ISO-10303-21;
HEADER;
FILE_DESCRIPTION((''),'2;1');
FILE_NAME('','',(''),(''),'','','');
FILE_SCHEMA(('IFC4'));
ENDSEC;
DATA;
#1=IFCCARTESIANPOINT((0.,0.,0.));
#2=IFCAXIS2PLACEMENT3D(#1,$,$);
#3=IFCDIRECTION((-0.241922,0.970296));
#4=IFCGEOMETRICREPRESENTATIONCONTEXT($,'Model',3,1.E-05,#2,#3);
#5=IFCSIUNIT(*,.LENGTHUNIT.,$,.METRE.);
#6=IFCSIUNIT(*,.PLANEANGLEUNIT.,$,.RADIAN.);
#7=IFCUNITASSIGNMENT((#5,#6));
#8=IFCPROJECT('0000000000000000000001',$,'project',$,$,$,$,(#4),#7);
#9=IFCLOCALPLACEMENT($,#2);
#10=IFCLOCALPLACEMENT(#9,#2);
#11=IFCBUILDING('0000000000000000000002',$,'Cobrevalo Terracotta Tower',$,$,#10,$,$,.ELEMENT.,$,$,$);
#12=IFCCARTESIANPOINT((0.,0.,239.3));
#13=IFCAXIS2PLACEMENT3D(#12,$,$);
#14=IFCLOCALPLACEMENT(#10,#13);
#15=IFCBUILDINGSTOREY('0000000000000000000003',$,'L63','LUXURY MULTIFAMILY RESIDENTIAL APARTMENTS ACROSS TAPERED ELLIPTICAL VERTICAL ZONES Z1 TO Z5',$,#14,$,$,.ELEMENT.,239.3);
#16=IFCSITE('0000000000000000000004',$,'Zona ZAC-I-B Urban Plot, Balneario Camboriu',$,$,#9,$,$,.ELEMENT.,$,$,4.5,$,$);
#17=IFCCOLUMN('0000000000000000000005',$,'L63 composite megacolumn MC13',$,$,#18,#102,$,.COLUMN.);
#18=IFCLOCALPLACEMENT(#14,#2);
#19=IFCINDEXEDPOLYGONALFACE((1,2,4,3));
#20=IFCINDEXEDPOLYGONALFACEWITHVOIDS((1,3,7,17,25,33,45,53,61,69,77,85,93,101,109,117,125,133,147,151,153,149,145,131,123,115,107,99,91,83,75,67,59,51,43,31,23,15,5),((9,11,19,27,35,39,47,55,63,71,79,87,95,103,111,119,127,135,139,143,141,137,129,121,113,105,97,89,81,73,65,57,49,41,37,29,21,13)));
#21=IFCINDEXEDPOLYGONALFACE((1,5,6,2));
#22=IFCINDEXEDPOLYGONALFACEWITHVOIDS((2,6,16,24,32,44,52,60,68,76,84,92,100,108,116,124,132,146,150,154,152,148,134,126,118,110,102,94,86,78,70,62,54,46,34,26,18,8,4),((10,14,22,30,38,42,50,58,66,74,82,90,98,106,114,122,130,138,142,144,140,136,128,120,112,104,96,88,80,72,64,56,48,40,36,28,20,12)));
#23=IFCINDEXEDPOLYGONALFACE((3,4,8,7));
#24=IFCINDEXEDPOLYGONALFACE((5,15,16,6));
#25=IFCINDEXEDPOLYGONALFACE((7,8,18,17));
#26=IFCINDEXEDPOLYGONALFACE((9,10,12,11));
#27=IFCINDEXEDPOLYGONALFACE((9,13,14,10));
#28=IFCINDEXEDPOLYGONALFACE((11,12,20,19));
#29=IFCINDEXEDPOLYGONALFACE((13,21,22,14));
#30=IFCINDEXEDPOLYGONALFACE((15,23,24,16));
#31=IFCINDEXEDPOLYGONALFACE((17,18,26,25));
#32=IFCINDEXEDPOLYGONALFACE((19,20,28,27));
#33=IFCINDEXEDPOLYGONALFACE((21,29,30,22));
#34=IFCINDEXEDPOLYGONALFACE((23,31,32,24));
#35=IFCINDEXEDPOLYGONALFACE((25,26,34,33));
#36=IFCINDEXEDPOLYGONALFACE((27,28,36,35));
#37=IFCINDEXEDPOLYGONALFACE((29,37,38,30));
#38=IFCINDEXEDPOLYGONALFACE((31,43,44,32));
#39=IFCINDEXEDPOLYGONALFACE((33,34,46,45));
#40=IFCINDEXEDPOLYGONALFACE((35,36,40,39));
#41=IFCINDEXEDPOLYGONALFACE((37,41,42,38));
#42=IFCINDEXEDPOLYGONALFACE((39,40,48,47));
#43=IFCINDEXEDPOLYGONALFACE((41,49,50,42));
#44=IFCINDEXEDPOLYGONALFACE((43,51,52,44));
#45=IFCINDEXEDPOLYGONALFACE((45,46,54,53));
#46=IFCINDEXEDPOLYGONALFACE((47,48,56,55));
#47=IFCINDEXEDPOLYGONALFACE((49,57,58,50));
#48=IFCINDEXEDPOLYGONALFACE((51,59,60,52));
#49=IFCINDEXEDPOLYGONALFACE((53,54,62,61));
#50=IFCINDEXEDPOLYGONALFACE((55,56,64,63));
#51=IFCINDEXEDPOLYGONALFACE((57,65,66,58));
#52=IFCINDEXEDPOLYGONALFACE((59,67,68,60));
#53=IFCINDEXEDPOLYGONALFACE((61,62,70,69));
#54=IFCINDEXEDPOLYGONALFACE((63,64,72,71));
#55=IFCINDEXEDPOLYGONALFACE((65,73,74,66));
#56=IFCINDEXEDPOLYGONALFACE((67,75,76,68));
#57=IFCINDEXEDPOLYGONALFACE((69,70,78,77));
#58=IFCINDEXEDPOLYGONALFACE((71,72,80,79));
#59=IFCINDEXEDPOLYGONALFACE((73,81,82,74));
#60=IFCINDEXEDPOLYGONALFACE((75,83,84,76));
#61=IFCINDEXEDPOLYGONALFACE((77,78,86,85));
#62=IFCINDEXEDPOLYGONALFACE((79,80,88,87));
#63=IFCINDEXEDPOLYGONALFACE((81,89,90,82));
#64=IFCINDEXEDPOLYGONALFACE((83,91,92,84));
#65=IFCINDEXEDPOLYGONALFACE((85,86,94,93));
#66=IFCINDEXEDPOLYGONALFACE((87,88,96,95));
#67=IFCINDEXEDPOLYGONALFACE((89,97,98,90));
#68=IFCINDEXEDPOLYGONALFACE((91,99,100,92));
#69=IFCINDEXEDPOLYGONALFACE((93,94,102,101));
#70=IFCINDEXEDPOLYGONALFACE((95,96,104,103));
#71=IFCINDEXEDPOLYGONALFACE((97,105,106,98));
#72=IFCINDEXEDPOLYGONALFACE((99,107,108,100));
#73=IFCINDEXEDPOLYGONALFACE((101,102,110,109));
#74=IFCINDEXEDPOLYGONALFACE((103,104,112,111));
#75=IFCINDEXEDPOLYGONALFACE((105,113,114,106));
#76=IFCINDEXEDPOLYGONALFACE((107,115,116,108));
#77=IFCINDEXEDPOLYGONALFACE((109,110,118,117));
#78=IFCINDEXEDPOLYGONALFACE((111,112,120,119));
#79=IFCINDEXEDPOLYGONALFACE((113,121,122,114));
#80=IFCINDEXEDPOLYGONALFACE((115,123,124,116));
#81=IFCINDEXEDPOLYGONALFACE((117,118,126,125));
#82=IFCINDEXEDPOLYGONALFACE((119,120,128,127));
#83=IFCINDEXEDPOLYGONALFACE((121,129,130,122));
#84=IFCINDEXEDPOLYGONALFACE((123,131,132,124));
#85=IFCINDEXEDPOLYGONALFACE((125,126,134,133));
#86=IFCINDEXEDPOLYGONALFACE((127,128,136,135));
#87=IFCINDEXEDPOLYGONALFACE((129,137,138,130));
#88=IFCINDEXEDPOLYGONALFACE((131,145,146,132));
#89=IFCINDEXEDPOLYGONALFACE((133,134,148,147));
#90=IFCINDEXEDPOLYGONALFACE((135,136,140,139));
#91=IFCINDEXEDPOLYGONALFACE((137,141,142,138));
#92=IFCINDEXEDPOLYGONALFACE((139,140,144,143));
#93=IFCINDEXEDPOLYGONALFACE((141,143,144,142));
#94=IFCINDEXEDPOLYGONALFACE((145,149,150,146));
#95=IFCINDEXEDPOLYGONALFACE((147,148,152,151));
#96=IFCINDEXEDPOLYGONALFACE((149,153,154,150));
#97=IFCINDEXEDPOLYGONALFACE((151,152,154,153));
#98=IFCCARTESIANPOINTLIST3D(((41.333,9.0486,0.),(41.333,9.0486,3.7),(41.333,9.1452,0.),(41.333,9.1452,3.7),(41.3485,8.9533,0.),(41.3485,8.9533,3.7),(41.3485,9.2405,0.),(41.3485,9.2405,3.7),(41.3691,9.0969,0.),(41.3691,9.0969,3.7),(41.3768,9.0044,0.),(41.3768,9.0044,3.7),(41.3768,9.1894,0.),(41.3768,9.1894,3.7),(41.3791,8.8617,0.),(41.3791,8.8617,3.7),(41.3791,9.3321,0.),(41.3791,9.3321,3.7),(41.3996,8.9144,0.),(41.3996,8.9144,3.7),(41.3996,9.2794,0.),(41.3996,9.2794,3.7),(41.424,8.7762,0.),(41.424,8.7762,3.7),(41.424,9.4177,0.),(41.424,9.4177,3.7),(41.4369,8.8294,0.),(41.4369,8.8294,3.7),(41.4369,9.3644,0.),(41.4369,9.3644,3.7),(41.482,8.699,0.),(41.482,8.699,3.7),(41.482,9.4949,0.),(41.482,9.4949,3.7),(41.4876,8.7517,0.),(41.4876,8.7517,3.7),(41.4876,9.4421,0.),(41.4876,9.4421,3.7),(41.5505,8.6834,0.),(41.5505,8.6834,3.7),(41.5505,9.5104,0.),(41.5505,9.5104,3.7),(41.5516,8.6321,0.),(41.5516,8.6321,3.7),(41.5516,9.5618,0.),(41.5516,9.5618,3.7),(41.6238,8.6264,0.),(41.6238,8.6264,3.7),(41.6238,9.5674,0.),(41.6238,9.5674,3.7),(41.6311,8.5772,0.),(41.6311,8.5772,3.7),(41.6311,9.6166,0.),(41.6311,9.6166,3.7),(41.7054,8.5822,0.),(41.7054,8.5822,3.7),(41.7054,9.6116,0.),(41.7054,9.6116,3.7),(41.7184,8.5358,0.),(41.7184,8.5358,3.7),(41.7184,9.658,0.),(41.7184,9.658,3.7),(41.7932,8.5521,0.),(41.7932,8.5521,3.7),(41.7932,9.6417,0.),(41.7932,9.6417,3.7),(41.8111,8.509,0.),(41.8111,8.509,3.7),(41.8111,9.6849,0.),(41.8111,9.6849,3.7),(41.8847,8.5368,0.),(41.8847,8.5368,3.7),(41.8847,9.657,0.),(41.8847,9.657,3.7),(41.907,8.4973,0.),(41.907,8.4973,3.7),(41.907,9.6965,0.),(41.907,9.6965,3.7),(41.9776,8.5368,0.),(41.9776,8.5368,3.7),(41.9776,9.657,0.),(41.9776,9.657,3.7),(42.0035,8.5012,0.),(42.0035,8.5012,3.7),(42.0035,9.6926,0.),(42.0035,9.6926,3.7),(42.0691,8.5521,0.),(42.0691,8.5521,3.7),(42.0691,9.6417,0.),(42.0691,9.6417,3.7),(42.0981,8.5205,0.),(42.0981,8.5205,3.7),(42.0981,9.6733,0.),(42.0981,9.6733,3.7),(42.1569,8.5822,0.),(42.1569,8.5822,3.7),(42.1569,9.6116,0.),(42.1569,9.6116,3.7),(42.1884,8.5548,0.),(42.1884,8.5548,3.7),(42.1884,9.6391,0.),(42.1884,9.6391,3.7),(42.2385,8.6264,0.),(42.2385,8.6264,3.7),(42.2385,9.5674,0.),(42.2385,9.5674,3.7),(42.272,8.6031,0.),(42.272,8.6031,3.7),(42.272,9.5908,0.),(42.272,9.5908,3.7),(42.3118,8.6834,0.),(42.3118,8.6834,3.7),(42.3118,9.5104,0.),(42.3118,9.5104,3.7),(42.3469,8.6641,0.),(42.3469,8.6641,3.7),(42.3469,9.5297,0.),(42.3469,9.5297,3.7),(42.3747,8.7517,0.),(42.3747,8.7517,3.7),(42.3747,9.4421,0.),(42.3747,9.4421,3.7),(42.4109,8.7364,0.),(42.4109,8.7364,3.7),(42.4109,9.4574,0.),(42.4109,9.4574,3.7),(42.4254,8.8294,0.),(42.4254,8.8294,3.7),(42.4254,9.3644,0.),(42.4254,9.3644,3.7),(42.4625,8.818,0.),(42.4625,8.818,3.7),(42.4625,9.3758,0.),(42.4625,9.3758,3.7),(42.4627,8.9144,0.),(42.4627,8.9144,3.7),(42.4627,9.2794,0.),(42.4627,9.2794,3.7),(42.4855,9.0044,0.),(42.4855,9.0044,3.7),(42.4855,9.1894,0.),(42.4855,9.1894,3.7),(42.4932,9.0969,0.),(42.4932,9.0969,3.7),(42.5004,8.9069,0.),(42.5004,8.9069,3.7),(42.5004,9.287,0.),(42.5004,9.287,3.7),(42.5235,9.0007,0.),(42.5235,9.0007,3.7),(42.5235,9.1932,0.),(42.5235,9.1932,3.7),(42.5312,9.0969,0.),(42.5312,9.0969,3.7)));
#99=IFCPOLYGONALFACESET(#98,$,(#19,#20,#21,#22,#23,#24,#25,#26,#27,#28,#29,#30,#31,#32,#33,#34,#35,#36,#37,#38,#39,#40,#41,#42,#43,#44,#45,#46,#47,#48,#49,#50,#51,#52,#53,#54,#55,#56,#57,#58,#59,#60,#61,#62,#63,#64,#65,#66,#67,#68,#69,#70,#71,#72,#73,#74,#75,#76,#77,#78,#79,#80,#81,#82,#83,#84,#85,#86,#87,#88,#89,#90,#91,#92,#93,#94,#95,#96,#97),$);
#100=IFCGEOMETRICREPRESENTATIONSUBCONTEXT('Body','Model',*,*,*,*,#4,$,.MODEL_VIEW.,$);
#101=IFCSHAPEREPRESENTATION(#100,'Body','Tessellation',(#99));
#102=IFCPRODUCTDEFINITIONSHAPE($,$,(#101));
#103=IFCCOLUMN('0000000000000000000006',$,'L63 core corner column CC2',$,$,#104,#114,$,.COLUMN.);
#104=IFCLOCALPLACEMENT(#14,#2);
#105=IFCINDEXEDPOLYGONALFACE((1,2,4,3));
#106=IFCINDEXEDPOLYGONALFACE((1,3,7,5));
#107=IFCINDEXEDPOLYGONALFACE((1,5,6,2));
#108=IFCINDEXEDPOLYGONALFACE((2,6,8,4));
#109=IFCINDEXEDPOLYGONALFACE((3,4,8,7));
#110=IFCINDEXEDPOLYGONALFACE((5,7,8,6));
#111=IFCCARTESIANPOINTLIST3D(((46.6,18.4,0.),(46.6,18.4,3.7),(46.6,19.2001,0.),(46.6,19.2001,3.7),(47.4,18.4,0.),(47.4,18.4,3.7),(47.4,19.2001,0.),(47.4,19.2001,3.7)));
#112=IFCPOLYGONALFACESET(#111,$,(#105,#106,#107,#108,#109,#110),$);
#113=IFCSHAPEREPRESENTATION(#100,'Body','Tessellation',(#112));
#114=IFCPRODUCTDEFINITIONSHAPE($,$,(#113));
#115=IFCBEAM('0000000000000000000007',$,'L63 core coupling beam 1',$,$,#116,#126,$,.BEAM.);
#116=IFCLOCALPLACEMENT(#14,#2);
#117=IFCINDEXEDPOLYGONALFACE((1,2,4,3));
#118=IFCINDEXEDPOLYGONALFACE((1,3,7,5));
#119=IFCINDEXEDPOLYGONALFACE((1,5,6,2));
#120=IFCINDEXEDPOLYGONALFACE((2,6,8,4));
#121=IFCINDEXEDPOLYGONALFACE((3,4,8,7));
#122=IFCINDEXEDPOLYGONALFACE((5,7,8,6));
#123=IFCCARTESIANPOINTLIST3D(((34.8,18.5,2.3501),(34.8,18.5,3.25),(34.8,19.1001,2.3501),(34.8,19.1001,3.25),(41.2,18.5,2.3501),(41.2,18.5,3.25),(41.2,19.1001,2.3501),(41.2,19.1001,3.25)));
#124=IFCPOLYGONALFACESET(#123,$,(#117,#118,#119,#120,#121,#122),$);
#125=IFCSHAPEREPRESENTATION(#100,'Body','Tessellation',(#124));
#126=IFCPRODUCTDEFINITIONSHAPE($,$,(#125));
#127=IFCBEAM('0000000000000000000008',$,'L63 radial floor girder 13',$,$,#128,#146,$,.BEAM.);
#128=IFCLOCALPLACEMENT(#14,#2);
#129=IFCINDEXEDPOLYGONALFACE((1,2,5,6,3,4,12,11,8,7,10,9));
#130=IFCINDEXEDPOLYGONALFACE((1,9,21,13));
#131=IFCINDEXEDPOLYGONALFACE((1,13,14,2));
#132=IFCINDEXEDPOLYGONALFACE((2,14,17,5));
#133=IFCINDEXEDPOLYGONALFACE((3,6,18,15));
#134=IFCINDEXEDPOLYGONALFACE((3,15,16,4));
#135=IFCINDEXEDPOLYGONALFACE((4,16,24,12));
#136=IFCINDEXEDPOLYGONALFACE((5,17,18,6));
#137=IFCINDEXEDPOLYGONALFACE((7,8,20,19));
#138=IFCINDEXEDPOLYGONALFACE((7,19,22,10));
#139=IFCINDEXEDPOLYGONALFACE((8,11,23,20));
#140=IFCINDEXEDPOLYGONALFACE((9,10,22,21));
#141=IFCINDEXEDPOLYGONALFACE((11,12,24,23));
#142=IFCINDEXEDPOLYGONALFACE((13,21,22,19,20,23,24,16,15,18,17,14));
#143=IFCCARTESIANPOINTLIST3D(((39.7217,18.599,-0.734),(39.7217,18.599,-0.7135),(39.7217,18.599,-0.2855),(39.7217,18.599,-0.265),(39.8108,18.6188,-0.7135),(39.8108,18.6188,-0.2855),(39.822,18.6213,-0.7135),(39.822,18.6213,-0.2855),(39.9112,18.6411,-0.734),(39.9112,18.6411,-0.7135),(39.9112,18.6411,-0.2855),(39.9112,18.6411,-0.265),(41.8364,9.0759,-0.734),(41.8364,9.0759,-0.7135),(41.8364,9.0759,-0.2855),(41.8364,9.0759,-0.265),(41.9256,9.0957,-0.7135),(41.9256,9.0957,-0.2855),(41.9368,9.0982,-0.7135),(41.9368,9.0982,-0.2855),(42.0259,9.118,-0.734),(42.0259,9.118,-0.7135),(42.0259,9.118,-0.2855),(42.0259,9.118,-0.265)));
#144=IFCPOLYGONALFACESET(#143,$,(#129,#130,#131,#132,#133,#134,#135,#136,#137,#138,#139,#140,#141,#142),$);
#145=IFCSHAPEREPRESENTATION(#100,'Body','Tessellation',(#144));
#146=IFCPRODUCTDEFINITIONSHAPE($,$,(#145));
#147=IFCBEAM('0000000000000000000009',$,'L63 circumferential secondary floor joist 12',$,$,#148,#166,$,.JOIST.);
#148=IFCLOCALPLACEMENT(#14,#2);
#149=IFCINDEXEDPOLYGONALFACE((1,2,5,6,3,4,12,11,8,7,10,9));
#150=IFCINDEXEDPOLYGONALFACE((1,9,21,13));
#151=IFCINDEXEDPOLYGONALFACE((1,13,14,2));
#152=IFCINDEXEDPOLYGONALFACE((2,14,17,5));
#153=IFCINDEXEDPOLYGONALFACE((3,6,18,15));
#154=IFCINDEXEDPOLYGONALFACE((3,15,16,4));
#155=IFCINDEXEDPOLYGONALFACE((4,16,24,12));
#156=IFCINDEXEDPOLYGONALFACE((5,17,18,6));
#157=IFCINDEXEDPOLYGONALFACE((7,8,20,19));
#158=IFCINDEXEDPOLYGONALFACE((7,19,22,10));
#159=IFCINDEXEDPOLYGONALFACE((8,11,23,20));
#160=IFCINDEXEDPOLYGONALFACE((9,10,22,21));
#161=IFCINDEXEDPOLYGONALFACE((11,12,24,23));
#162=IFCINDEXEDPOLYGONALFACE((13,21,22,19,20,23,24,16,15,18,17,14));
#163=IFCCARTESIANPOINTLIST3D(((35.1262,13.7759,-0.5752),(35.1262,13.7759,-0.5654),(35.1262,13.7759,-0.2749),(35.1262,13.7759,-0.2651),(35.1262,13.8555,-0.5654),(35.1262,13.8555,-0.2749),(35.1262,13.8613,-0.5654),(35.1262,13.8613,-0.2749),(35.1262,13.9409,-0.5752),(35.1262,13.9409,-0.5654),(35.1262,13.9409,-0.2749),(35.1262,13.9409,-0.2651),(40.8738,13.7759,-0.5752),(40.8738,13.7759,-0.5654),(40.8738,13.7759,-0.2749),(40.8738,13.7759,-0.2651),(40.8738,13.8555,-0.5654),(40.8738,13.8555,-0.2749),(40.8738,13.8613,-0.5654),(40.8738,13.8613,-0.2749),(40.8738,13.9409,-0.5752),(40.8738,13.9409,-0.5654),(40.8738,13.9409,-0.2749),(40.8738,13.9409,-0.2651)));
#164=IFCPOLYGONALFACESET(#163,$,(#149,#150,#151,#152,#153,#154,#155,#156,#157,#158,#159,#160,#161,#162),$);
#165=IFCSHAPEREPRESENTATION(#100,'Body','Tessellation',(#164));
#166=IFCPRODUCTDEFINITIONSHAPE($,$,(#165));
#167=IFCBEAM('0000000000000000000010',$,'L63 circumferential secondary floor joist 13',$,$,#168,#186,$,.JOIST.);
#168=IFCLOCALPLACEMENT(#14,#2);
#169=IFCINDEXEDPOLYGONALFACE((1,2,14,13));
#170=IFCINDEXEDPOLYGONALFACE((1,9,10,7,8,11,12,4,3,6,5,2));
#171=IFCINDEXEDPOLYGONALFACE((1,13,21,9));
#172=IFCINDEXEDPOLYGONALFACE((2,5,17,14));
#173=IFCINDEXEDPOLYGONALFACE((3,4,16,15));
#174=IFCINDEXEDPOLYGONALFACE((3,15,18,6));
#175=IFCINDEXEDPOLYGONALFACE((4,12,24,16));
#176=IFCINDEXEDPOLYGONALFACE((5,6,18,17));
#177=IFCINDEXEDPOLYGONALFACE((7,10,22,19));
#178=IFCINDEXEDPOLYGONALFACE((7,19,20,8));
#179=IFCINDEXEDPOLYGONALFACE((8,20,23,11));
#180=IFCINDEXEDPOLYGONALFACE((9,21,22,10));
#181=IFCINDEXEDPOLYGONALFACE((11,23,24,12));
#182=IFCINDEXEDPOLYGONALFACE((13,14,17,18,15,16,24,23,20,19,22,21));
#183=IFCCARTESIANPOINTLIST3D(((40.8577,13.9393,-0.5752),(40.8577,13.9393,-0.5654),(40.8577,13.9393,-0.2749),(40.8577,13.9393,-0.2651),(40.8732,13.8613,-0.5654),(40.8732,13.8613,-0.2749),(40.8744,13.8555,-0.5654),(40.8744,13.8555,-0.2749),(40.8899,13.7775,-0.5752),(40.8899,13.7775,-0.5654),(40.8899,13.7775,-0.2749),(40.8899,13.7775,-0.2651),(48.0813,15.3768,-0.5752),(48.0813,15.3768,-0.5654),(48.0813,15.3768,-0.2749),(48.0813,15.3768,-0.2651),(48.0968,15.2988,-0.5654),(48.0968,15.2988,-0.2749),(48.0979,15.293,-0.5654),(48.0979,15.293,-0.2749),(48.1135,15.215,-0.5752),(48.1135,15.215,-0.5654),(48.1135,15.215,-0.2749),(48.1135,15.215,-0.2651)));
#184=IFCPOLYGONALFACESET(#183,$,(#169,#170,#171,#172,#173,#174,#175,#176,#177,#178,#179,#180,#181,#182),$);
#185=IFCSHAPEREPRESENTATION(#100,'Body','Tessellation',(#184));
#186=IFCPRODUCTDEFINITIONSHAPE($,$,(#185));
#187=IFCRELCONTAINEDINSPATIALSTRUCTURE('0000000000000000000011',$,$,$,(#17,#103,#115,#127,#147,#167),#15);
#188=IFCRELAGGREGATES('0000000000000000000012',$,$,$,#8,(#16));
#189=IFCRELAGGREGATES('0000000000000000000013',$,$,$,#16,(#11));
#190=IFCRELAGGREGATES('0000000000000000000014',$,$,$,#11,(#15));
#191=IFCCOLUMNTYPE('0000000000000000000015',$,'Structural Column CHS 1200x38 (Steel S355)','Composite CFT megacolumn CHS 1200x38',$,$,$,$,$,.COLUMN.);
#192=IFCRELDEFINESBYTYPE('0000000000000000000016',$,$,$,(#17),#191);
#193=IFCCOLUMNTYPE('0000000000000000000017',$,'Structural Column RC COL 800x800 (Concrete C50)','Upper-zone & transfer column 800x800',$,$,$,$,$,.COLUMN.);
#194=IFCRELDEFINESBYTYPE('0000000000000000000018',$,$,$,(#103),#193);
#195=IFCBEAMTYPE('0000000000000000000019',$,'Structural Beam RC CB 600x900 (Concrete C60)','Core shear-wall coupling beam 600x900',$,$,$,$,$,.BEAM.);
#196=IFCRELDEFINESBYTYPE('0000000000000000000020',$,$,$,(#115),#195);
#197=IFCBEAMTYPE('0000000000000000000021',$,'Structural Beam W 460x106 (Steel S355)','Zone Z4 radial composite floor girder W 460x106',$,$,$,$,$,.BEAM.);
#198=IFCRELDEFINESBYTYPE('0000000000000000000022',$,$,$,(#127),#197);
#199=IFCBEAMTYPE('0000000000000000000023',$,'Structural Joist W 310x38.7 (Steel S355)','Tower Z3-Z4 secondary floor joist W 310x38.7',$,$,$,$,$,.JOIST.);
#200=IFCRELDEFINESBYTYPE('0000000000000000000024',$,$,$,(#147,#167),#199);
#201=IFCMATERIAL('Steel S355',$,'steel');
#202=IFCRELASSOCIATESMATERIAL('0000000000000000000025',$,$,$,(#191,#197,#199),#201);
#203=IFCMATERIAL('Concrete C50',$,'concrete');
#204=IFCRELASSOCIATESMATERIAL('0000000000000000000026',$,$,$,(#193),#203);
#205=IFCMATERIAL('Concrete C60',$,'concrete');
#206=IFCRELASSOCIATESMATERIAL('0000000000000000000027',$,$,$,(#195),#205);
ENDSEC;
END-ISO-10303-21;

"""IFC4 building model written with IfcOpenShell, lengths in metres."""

from ifc_helpers import new_model, si_unit, direction, frame, origin, origin_2d, place, context, subcontext, project, spatial, rectangle, hollow_circle, i_section, extrude, material, material_profile, profile_set, type_object, element, save


model = new_model("IFC4")

# Units and contexts
model_context = context("Model", 3, precision=1e-05, world=origin(), true_north=direction((-0.241922, 0.970296)))
body_context = subcontext(model_context, "Body", "Model", "MODEL_VIEW")
ifc_project = project(units=[si_unit("LENGTHUNIT", "METRE"), si_unit("PLANEANGLEUNIT", "RADIAN")], contexts=[model_context])

# Site, building, storey
site_placement = place(None, origin())
site = spatial("IfcSite", under=ifc_project, at=site_placement, Name="Zona ZAC-I-B Urban Plot, Balneario Camboriu", CompositionType="ELEMENT", RefElevation=4.5)
building_placement = place(site_placement, origin())
building = spatial("IfcBuilding", under=site, at=building_placement, Name="Cobrevalo Terracotta Tower", CompositionType="ELEMENT")
storey_placement = place(building_placement, frame((0.0, 0.0, 239.3)))
storey = spatial("IfcBuildingStorey", under=building, at=storey_placement, Name="L63", Description="LUXURY MULTIFAMILY RESIDENTIAL APARTMENTS ACROSS TAPERED ELLIPTICAL VERTICAL ZONES Z1 TO Z5", CompositionType="ELEMENT", Elevation=239.3)

# Columns
ifc_material_1 = material(Name="Steel S355", Category="steel")
ifc_material_profile_1 = material_profile(ifc_material_1, hollow_circle(Radius=0.6001, WallThickness=0.0381, at=origin_2d()), Name="CHS 1200x38")
ifc_profile_set_1 = profile_set([ifc_material_profile_1], Name="Steel S355")
column_type_1 = type_object("IfcColumnType", Name="Structural Column CHS 1200x38 (Steel S355)", Description="Composite CFT megacolumn CHS 1200x38", PredefinedType="COLUMN", material=ifc_profile_set_1)
column_1_placement = place(storey_placement, frame((41.9312, 9.0969, 0.0), z_axis=(0.0, 0.0, 1.0), x_axis=(1.0, 0.0, 0.0)))
element("IfcColumn", 1, at=column_1_placement, inside=storey, type_object=column_type_1, Name="L63 composite megacolumn MC13", PredefinedType="COLUMN", context=body_context, shape_type="SweptSolid", body=[
    extrude(hollow_circle(Radius=0.6001, WallThickness=0.0381, at=origin_2d()), origin(), (0.0, 0.0, 1.0), 3.7),
])
ifc_material_2 = material(Name="Concrete C50", Category="concrete")
ifc_material_profile_2 = material_profile(ifc_material_2, rectangle(XDim=0.8, YDim=0.8, at=origin_2d()), Name="RC COL 800x800")
ifc_profile_set_2 = profile_set([ifc_material_profile_2], Name="Concrete C50")
column_type_2 = type_object("IfcColumnType", Name="Structural Column RC COL 800x800 (Concrete C50)", Description="Upper-zone & transfer column 800x800", PredefinedType="COLUMN", material=ifc_profile_set_2)
column_2_placement = place(storey_placement, frame((47.0, 18.8, 0.0), z_axis=(0.0, 0.0, 1.0), x_axis=(1.0, 0.0, 0.0)))
element("IfcColumn", 2, at=column_2_placement, inside=storey, type_object=column_type_2, Name="L63 core corner column CC2", PredefinedType="COLUMN", context=body_context, shape_type="SweptSolid", body=[
    extrude(rectangle(XDim=0.8, YDim=0.8, at=origin_2d()), origin(), (0.0, 0.0, 1.0), 3.7),
])

# Beams
ifc_material_3 = material(Name="Concrete C60", Category="concrete")
ifc_material_profile_3 = material_profile(ifc_material_3, rectangle(XDim=0.6001, YDim=0.8999, at=origin_2d()), Name="RC CB 600x900")
ifc_profile_set_3 = profile_set([ifc_material_profile_3], Name="Concrete C60")
beam_type_1 = type_object("IfcBeamType", Name="Structural Beam RC CB 600x900 (Concrete C60)", Description="Core shear-wall coupling beam 600x900", PredefinedType="BEAM", material=ifc_profile_set_3)
beam_1_placement = place(storey_placement, frame((34.8, 18.8, 2.8), z_axis=(1.0, 0.0, 0.0), x_axis=(0.0, 1.0, 0.0)))
element("IfcBeam", 3, at=beam_1_placement, inside=storey, type_object=beam_type_1, Name="L63 core coupling beam 1", PredefinedType="BEAM", context=body_context, shape_type="SweptSolid", body=[
    extrude(rectangle(XDim=0.6001, YDim=0.8999, at=origin_2d()), origin(), (0.0, 0.0, 1.0), 6.3999),
])
ifc_material_profile_4 = material_profile(ifc_material_1, i_section(OverallWidth=0.1941, OverallDepth=0.469, WebThickness=0.0115, FlangeThickness=0.0205, at=origin_2d()), Name="W 460x106")
ifc_profile_set_4 = profile_set([ifc_material_profile_4], Name="Steel S355")
beam_type_2 = type_object("IfcBeamType", Name="Structural Beam W 460x106 (Steel S355)", Description="Zone Z4 radial composite floor girder W 460x106", PredefinedType="BEAM", material=ifc_profile_set_4)
beam_2_placement = place(storey_placement, frame((41.9312, 9.0969, -0.4995), z_axis=(-0.216782, 0.97622, 0.0), x_axis=(-0.97622, -0.216782, 0.0)))
element("IfcBeam", 4, at=beam_2_placement, inside=storey, type_object=beam_type_2, Name="L63 radial floor girder 13", PredefinedType="BEAM", context=body_context, shape_type="SweptSolid", body=[
    extrude(i_section(OverallWidth=0.1941, OverallDepth=0.469, WebThickness=0.0115, FlangeThickness=0.0205, at=origin_2d()), origin(), (0.0, 0.0, 1.0), 9.7551),
])
ifc_material_profile_5 = material_profile(ifc_material_1, i_section(OverallWidth=0.165, OverallDepth=0.3101, WebThickness=0.0059, FlangeThickness=0.0098, at=origin_2d()), Name="W 310x38.7")
ifc_profile_set_5 = profile_set([ifc_material_profile_5], Name="Steel S355")
beam_type_3 = type_object("IfcBeamType", Name="Structural Joist W 310x38.7 (Steel S355)", Description="Tower Z3-Z4 secondary floor joist W 310x38.7", PredefinedType="JOIST", material=ifc_profile_set_5)
beam_3_placement = place(storey_placement, frame((35.1262, 13.8584, -0.4202), z_axis=(1.0, 0.0, 0.0), x_axis=(0.0, 1.0, 0.0)))
element("IfcBeam", 5, at=beam_3_placement, inside=storey, type_object=beam_type_3, Name="L63 circumferential secondary floor joist 12", PredefinedType="JOIST", context=body_context, shape_type="SweptSolid", body=[
    extrude(i_section(OverallWidth=0.165, OverallDepth=0.3101, WebThickness=0.0059, FlangeThickness=0.0098, at=origin_2d()), origin(), (0.0, 0.0, 1.0), 5.7476),
])
beam_4_placement = place(storey_placement, frame((40.8738, 13.8584, -0.4202), z_axis=(0.980769, 0.195173, 0.0), x_axis=(-0.195173, 0.980769, 0.0)))
element("IfcBeam", 6, at=beam_4_placement, inside=storey, type_object=beam_type_3, Name="L63 circumferential secondary floor joist 13", PredefinedType="JOIST", context=body_context, shape_type="SweptSolid", body=[
    extrude(i_section(OverallWidth=0.165, OverallDepth=0.3101, WebThickness=0.0059, FlangeThickness=0.0098, at=origin_2d()), origin(), (0.0, 0.0, 1.0), 7.3652),
])

save(model, "model.ifc")
